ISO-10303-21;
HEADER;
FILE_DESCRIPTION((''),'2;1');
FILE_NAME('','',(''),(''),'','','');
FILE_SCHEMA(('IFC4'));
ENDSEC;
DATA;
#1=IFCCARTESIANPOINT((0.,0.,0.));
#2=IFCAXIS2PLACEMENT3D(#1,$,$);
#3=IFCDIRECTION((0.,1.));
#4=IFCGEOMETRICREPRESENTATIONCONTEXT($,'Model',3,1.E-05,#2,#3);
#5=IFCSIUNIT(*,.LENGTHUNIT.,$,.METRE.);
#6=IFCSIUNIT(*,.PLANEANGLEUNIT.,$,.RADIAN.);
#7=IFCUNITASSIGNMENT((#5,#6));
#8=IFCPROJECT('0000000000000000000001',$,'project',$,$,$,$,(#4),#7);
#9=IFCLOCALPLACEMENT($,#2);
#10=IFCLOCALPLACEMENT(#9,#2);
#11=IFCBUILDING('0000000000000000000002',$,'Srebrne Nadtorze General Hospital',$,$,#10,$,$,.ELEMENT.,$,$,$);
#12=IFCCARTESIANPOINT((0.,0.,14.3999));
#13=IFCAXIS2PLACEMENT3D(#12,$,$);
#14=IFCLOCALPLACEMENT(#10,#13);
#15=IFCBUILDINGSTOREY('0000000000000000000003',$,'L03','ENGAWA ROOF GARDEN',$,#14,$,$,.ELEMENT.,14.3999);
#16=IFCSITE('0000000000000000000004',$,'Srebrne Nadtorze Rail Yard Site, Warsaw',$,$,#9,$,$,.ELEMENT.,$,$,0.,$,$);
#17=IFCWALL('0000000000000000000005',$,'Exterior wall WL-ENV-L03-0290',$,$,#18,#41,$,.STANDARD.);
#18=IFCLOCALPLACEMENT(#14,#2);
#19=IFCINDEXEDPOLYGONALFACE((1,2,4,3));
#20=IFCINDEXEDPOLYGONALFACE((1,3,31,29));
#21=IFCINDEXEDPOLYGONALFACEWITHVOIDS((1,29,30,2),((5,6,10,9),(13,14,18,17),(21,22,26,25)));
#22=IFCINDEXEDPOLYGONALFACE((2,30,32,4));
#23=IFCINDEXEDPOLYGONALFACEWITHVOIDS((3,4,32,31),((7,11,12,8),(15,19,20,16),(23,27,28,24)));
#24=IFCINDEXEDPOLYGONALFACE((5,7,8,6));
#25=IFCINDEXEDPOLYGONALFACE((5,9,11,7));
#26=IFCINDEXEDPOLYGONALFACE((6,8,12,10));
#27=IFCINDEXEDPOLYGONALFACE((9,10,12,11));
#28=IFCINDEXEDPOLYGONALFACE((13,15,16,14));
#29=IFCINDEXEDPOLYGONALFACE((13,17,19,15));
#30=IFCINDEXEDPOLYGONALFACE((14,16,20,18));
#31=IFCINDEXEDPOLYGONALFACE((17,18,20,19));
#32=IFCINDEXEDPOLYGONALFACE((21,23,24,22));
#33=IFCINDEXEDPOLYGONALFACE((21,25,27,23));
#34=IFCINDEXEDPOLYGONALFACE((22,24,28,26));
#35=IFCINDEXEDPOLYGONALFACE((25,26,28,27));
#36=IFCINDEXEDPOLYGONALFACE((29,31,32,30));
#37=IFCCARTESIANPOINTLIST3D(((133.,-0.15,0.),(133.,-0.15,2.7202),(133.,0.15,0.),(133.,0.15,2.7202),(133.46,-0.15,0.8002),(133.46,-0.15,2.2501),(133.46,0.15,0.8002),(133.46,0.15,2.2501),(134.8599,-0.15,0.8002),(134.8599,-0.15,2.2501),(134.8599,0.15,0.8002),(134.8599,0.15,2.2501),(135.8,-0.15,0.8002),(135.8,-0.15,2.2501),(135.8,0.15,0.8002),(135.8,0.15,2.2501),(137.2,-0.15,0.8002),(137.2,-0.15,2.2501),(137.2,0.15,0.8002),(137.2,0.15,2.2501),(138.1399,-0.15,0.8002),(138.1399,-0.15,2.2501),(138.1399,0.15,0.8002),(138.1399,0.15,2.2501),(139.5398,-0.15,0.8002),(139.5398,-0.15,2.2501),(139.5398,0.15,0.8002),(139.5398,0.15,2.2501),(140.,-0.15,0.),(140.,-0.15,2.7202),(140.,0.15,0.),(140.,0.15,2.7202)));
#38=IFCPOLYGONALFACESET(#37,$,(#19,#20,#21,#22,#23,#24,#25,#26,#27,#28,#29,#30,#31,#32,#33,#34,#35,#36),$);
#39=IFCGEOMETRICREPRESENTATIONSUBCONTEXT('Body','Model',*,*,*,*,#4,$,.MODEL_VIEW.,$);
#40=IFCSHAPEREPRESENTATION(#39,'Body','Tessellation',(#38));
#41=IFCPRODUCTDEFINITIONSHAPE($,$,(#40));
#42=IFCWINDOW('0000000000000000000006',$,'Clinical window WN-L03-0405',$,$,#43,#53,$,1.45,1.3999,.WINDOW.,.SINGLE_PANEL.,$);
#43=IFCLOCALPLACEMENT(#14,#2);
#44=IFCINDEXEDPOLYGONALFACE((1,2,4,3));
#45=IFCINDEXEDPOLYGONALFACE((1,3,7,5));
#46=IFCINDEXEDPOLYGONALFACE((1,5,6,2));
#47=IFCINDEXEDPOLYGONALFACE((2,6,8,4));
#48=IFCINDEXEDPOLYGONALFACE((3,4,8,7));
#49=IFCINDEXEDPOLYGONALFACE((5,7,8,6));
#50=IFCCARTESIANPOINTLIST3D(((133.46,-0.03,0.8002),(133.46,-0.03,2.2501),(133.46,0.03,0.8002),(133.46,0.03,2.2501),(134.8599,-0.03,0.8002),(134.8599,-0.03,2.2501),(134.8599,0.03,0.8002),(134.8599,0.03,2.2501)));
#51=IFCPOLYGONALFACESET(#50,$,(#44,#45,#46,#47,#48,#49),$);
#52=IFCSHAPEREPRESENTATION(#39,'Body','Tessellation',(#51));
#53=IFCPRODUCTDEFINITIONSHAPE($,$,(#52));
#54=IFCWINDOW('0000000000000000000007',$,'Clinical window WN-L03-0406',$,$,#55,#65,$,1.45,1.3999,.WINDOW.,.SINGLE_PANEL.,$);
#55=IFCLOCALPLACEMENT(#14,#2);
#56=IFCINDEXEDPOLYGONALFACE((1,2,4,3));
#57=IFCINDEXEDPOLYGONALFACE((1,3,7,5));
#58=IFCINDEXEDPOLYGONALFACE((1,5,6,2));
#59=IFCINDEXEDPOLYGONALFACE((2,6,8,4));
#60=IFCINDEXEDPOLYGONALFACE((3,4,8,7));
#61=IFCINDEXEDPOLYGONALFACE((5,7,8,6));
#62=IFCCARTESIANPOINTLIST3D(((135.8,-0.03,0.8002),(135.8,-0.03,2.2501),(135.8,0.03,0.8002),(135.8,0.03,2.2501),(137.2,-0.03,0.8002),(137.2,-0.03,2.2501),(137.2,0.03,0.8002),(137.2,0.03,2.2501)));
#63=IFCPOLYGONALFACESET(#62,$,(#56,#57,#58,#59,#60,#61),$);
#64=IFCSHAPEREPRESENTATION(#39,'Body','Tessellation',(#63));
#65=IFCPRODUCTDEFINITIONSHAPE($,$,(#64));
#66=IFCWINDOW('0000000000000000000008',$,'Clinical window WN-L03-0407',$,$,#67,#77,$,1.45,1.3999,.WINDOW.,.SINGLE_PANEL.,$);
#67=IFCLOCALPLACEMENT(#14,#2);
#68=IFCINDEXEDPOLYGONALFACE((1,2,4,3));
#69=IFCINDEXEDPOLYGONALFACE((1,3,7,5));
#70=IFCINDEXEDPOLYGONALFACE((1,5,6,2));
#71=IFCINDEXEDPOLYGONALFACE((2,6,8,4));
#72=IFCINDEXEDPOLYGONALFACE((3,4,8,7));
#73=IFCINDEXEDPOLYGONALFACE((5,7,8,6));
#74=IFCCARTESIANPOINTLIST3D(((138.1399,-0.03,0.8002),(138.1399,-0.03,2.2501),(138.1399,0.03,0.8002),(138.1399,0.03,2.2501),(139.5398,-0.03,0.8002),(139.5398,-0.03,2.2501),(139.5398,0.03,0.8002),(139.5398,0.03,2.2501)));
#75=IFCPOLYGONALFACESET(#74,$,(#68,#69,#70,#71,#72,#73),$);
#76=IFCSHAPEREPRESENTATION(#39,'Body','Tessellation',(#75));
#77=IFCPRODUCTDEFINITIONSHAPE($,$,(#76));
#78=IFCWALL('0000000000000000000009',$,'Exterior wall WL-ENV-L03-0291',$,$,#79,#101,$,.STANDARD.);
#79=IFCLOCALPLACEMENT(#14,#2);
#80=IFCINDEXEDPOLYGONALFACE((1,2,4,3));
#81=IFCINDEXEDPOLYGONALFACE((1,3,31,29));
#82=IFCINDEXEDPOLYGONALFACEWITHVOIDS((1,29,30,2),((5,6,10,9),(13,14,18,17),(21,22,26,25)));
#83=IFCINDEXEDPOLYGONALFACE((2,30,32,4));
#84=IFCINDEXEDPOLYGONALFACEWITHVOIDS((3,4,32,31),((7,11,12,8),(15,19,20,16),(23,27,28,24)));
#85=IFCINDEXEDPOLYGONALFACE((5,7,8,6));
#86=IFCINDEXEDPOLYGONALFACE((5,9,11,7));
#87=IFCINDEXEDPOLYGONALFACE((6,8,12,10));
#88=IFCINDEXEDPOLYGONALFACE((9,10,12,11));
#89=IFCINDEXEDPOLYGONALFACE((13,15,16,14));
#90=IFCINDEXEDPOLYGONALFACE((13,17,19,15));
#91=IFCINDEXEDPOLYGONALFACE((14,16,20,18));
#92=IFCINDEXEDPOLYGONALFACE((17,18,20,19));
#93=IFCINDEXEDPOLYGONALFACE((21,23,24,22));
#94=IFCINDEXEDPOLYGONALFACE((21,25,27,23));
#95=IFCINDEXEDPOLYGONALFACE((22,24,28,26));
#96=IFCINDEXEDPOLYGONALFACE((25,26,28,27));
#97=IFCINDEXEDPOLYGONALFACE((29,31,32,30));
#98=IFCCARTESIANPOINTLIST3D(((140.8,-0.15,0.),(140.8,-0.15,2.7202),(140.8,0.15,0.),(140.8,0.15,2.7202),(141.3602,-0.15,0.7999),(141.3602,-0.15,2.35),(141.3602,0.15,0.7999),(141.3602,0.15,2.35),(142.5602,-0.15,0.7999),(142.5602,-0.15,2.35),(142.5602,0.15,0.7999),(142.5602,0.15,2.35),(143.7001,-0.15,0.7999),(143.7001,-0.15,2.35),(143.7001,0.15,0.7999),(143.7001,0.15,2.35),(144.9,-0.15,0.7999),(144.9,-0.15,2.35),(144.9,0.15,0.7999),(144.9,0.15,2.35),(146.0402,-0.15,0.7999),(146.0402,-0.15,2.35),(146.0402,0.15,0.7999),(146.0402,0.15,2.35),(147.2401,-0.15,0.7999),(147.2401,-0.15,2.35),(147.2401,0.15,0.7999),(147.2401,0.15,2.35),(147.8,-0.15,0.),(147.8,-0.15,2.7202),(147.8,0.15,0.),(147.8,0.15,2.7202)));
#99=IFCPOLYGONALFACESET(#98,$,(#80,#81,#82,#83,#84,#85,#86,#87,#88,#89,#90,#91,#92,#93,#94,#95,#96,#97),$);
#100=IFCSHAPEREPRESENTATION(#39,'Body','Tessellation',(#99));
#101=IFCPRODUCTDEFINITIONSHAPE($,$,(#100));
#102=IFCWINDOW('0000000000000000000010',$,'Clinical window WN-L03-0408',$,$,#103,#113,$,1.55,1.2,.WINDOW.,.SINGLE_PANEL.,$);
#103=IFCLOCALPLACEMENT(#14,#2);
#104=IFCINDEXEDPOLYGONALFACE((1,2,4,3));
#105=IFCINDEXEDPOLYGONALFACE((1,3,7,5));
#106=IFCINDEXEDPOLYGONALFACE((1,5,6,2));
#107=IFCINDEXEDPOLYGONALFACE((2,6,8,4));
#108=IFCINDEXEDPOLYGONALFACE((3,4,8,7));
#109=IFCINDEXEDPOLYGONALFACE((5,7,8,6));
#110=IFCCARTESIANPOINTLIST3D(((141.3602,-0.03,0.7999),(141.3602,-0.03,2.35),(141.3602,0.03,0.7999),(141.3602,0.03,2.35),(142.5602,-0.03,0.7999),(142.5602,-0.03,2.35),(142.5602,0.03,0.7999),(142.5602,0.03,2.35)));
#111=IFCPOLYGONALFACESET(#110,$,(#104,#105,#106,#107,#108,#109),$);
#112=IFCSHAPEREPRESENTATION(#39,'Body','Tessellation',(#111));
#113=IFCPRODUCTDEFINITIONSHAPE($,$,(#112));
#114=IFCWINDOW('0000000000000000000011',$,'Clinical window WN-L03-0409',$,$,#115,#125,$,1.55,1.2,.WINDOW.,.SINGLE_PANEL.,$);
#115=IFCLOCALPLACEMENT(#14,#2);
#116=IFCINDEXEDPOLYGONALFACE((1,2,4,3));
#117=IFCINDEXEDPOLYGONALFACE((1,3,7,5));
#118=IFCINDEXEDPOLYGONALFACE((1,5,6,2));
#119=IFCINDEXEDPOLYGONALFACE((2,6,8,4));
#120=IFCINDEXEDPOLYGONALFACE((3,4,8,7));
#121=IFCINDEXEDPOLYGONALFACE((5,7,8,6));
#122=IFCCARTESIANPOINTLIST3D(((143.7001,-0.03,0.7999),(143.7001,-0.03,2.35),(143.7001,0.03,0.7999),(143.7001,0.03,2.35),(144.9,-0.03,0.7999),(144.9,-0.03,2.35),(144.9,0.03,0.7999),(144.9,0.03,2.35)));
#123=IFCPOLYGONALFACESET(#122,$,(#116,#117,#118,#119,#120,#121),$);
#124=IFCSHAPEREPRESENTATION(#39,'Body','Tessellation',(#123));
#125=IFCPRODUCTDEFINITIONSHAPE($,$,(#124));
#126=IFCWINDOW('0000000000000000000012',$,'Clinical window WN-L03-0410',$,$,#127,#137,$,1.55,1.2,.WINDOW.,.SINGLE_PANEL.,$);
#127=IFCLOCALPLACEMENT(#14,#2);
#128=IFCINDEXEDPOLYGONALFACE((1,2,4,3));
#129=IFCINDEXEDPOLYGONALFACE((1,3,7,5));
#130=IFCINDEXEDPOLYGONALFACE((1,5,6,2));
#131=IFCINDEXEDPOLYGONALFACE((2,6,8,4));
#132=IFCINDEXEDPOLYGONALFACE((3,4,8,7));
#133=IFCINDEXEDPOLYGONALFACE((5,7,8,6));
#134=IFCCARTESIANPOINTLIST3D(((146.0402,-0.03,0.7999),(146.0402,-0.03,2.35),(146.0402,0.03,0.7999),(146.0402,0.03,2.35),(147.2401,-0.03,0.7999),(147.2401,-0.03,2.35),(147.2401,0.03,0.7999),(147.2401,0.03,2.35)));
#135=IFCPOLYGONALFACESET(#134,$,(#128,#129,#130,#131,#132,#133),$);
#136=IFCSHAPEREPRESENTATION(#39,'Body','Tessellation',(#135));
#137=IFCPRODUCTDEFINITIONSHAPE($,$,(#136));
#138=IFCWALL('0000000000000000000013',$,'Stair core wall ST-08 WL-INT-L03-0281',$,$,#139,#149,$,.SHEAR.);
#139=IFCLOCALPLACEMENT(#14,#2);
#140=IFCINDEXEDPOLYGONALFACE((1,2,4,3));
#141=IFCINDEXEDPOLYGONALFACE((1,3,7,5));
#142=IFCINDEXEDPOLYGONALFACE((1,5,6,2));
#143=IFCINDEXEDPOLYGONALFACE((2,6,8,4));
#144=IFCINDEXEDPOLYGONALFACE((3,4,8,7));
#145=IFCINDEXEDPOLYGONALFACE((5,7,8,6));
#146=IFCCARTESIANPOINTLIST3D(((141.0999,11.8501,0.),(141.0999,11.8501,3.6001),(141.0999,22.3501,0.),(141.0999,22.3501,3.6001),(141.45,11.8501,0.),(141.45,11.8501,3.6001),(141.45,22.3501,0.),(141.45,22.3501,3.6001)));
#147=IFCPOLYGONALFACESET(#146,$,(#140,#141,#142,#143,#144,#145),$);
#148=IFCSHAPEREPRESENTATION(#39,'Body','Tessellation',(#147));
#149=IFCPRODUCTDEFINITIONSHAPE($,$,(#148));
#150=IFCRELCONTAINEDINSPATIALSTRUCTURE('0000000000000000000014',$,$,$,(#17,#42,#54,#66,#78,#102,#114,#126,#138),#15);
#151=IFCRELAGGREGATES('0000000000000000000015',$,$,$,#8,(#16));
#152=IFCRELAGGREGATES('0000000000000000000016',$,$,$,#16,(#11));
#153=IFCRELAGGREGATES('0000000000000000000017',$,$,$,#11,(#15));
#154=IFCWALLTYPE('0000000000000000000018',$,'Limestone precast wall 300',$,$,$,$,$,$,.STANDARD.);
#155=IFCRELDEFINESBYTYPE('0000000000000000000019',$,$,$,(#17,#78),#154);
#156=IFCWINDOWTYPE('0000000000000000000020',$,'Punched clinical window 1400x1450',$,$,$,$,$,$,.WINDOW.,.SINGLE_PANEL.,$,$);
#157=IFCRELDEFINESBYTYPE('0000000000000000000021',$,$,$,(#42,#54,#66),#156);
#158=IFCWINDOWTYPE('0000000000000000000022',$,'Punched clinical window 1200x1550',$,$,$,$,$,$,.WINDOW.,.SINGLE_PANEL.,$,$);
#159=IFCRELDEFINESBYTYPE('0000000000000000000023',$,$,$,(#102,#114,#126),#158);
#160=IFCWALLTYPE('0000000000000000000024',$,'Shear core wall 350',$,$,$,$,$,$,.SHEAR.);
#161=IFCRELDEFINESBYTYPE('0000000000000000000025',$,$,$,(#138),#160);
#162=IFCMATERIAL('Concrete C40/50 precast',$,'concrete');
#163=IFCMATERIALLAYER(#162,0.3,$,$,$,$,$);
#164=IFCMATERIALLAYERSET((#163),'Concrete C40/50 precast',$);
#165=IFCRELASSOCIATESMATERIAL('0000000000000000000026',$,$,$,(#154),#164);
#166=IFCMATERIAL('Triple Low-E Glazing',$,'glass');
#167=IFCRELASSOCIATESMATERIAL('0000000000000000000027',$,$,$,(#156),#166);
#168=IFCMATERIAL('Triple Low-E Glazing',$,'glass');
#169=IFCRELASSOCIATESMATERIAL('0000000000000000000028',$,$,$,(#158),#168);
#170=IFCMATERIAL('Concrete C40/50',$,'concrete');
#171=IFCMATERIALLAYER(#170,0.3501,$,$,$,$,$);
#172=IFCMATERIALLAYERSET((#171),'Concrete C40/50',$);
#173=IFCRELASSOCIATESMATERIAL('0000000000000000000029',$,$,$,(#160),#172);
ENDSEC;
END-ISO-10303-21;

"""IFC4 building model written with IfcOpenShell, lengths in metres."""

from ifc_helpers import new_model, si_unit, direction, frame, frame_2d, origin, place, context, subcontext, project, spatial, rectangle, extrude, material, layer, layer_set, type_object, element, fill, save


model = new_model("IFC4")

# Units and contexts
model_context = context("Model", 3, precision=1e-05, world=origin(), true_north=direction((0.0, 1.0)))
body_context = subcontext(model_context, "Body", "Model", "MODEL_VIEW")
ifc_project = project(units=[si_unit("LENGTHUNIT", "METRE"), si_unit("PLANEANGLEUNIT", "RADIAN")], contexts=[model_context])

# Site, building, storey
site_placement = place(None, origin())
site = spatial("IfcSite", under=ifc_project, at=site_placement, Name="Srebrne Nadtorze Rail Yard Site, Warsaw", CompositionType="ELEMENT", RefElevation=0.0)
building_placement = place(site_placement, origin())
building = spatial("IfcBuilding", under=site, at=building_placement, Name="Srebrne Nadtorze General Hospital", CompositionType="ELEMENT")
storey_placement = place(building_placement, frame((0.0, 0.0, 14.3999)))
storey = spatial("IfcBuildingStorey", under=building, at=storey_placement, Name="L03", Description="ENGAWA ROOF GARDEN", CompositionType="ELEMENT", Elevation=14.3999)

# Walls, openings, windows
ifc_material_1 = material(Name="Concrete C40/50 precast", Category="concrete")
ifc_layer_1 = layer(ifc_material_1, 0.3)
ifc_layer_set_1 = layer_set([ifc_layer_1], Name="Concrete C40/50 precast")
wall_type_1 = type_object("IfcWallType", Name="Limestone precast wall 300", PredefinedType="STANDARD", material=ifc_layer_set_1)
wall_1_placement = place(storey_placement, frame((133.0, 0.0, 0.0), z_axis=(0.0, 0.0, 1.0), x_axis=(1.0, 0.0, 0.0)))
wall_1 = element("IfcWall", 1, at=wall_1_placement, inside=storey, type_object=wall_type_1, Name="Exterior wall WL-ENV-L03-0290", PredefinedType="STANDARD", context=body_context, shape_type="SweptSolid", body=[
    extrude(rectangle(XDim=7.0, YDim=0.3, at=frame_2d((3.5, 0.0))), origin(), (0.0, 0.0, 1.0), 2.7202),
])
opening_1_placement = place(wall_1_placement, frame((0.46, 0.0, 0.8)))
opening_1 = element("IfcOpeningElement", 2, at=opening_1_placement, cuts=wall_1, PredefinedType="OPENING", context=body_context, shape_type="SweptSolid", body=[
    extrude(rectangle(XDim=1.3999, YDim=1.45, at=frame_2d((0.7, 0.7251))), frame((0.0, 0.1621, 0.0), z_axis=(0.0, -1.0, 0.0), x_axis=(1.0, 0.0, 0.0)), (0.0, 0.0, 1.0), 0.324),
])
opening_2_placement = place(wall_1_placement, frame((2.8, 0.0, 0.8)))
opening_2 = element("IfcOpeningElement", 3, at=opening_2_placement, cuts=wall_1, PredefinedType="OPENING", context=body_context, shape_type="SweptSolid", body=[
    extrude(rectangle(XDim=1.3999, YDim=1.45, at=frame_2d((0.7, 0.7251))), frame((0.0, 0.1621, 0.0), z_axis=(0.0, -1.0, 0.0), x_axis=(1.0, 0.0, 0.0)), (0.0, 0.0, 1.0), 0.324),
])
opening_3_placement = place(wall_1_placement, frame((5.1399, 0.0, 0.8)))
opening_3 = element("IfcOpeningElement", 4, at=opening_3_placement, cuts=wall_1, PredefinedType="OPENING", context=body_context, shape_type="SweptSolid", body=[
    extrude(rectangle(XDim=1.3999, YDim=1.45, at=frame_2d((0.7, 0.7251))), frame((0.0, 0.1621, 0.0), z_axis=(0.0, -1.0, 0.0), x_axis=(1.0, 0.0, 0.0)), (0.0, 0.0, 1.0), 0.324),
])
ifc_material_2 = material(Name="Triple Low-E Glazing", Category="glass")
window_type_1 = type_object("IfcWindowType", Name="Punched clinical window 1400x1450", PartitioningType="SINGLE_PANEL", PredefinedType="WINDOW", material=ifc_material_2)
window_1_placement = place(opening_1_placement, origin())
window_1 = element("IfcWindow", 5, at=window_1_placement, inside=storey, type_object=window_type_1, Name="Clinical window WN-L03-0405", OverallHeight=1.45, OverallWidth=1.3999, PartitioningType="SINGLE_PANEL", PredefinedType="WINDOW", context=body_context, shape_type="SweptSolid", body=[
    extrude(rectangle(XDim=1.3999, YDim=1.45, at=frame_2d((0.7, 0.7251))), frame((0.0, 0.03, 0.0), z_axis=(0.0, -1.0, 0.0), x_axis=(1.0, 0.0, 0.0)), (0.0, 0.0, 1.0), 0.0601),
])
fill(opening_1, window_1)
window_2_placement = place(opening_2_placement, origin())
window_2 = element("IfcWindow", 6, at=window_2_placement, inside=storey, type_object=window_type_1, Name="Clinical window WN-L03-0406", OverallHeight=1.45, OverallWidth=1.3999, PartitioningType="SINGLE_PANEL", PredefinedType="WINDOW", context=body_context, shape_type="SweptSolid", body=[
    extrude(rectangle(XDim=1.3999, YDim=1.45, at=frame_2d((0.7, 0.7251))), frame((0.0, 0.03, 0.0), z_axis=(0.0, -1.0, 0.0), x_axis=(1.0, 0.0, 0.0)), (0.0, 0.0, 1.0), 0.0601),
])
fill(opening_2, window_2)
window_3_placement = place(opening_3_placement, origin())
window_3 = element("IfcWindow", 7, at=window_3_placement, inside=storey, type_object=window_type_1, Name="Clinical window WN-L03-0407", OverallHeight=1.45, OverallWidth=1.3999, PartitioningType="SINGLE_PANEL", PredefinedType="WINDOW", context=body_context, shape_type="SweptSolid", body=[
    extrude(rectangle(XDim=1.3999, YDim=1.45, at=frame_2d((0.7, 0.7251))), frame((0.0, 0.03, 0.0), z_axis=(0.0, -1.0, 0.0), x_axis=(1.0, 0.0, 0.0)), (0.0, 0.0, 1.0), 0.0601),
])
fill(opening_3, window_3)
wall_2_placement = place(storey_placement, frame((140.8, 0.0, 0.0), z_axis=(0.0, 0.0, 1.0), x_axis=(1.0, 0.0, 0.0)))
wall_2 = element("IfcWall", 8, at=wall_2_placement, inside=storey, type_object=wall_type_1, Name="Exterior wall WL-ENV-L03-0291", PredefinedType="STANDARD", context=body_context, shape_type="SweptSolid", body=[
    extrude(rectangle(XDim=7.0, YDim=0.3, at=frame_2d((3.5, 0.0))), origin(), (0.0, 0.0, 1.0), 2.7202),
])
opening_4_placement = place(wall_2_placement, frame((0.5601, 0.0, 0.8)))
opening_4 = element("IfcOpeningElement", 9, at=opening_4_placement, cuts=wall_2, PredefinedType="OPENING", context=body_context, shape_type="SweptSolid", body=[
    extrude(rectangle(XDim=1.2, YDim=1.55, at=frame_2d((0.6001, 0.7749))), frame((0.0, 0.1621, 0.0), z_axis=(0.0, -1.0, 0.0), x_axis=(1.0, 0.0, 0.0)), (0.0, 0.0, 1.0), 0.324),
])
opening_5_placement = place(wall_2_placement, frame((2.8999, 0.0, 0.8)))
opening_5 = element("IfcOpeningElement", 10, at=opening_5_placement, cuts=wall_2, PredefinedType="OPENING", context=body_context, shape_type="SweptSolid", body=[
    extrude(rectangle(XDim=1.2, YDim=1.55, at=frame_2d((0.6001, 0.7749))), frame((0.0, 0.1621, 0.0), z_axis=(0.0, -1.0, 0.0), x_axis=(1.0, 0.0, 0.0)), (0.0, 0.0, 1.0), 0.324),
])
opening_6_placement = place(wall_2_placement, frame((5.24, 0.0, 0.8)))
opening_6 = element("IfcOpeningElement", 11, at=opening_6_placement, cuts=wall_2, PredefinedType="OPENING", context=body_context, shape_type="SweptSolid", body=[
    extrude(rectangle(XDim=1.2, YDim=1.55, at=frame_2d((0.6001, 0.7749))), frame((0.0, 0.1621, 0.0), z_axis=(0.0, -1.0, 0.0), x_axis=(1.0, 0.0, 0.0)), (0.0, 0.0, 1.0), 0.324),
])
ifc_material_3 = material(Name="Triple Low-E Glazing", Category="glass")
window_type_2 = type_object("IfcWindowType", Name="Punched clinical window 1200x1550", PartitioningType="SINGLE_PANEL", PredefinedType="WINDOW", material=ifc_material_3)
window_4_placement = place(opening_4_placement, origin())
window_4 = element("IfcWindow", 12, at=window_4_placement, inside=storey, type_object=window_type_2, Name="Clinical window WN-L03-0408", OverallHeight=1.55, OverallWidth=1.2, PartitioningType="SINGLE_PANEL", PredefinedType="WINDOW", context=body_context, shape_type="SweptSolid", body=[
    extrude(rectangle(XDim=1.2, YDim=1.55, at=frame_2d((0.6001, 0.7749))), frame((0.0, 0.03, 0.0), z_axis=(0.0, -1.0, 0.0), x_axis=(1.0, 0.0, 0.0)), (0.0, 0.0, 1.0), 0.0601),
])
fill(opening_4, window_4)
window_5_placement = place(opening_5_placement, origin())
window_5 = element("IfcWindow", 13, at=window_5_placement, inside=storey, type_object=window_type_2, Name="Clinical window WN-L03-0409", OverallHeight=1.55, OverallWidth=1.2, PartitioningType="SINGLE_PANEL", PredefinedType="WINDOW", context=body_context, shape_type="SweptSolid", body=[
    extrude(rectangle(XDim=1.2, YDim=1.55, at=frame_2d((0.6001, 0.7749))), frame((0.0, 0.03, 0.0), z_axis=(0.0, -1.0, 0.0), x_axis=(1.0, 0.0, 0.0)), (0.0, 0.0, 1.0), 0.0601),
])
fill(opening_5, window_5)
window_6_placement = place(opening_6_placement, origin())
window_6 = element("IfcWindow", 14, at=window_6_placement, inside=storey, type_object=window_type_2, Name="Clinical window WN-L03-0410", OverallHeight=1.55, OverallWidth=1.2, PartitioningType="SINGLE_PANEL", PredefinedType="WINDOW", context=body_context, shape_type="SweptSolid", body=[
    extrude(rectangle(XDim=1.2, YDim=1.55, at=frame_2d((0.6001, 0.7749))), frame((0.0, 0.03, 0.0), z_axis=(0.0, -1.0, 0.0), x_axis=(1.0, 0.0, 0.0)), (0.0, 0.0, 1.0), 0.0601),
])
fill(opening_6, window_6)

# Wall
ifc_material_4 = material(Name="Concrete C40/50", Category="concrete")
ifc_layer_2 = layer(ifc_material_4, 0.3501)
ifc_layer_set_2 = layer_set([ifc_layer_2], Name="Concrete C40/50")
wall_type_2 = type_object("IfcWallType", Name="Shear core wall 350", PredefinedType="SHEAR", material=ifc_layer_set_2)
wall_3_placement = place(storey_placement, frame((141.2749, 11.8501, 0.0), z_axis=(0.0, 0.0, 1.0), x_axis=(0.0, 1.0, 0.0)))
element("IfcWall", 15, at=wall_3_placement, inside=storey, type_object=wall_type_2, Name="Stair core wall ST-08 WL-INT-L03-0281", PredefinedType="SHEAR", context=body_context, shape_type="SweptSolid", body=[
    extrude(rectangle(XDim=10.5, YDim=0.3501, at=frame_2d((5.25, 0.0))), origin(), (0.0, 0.0, 1.0), 3.6001),
])

save(model, "model.ifc")
